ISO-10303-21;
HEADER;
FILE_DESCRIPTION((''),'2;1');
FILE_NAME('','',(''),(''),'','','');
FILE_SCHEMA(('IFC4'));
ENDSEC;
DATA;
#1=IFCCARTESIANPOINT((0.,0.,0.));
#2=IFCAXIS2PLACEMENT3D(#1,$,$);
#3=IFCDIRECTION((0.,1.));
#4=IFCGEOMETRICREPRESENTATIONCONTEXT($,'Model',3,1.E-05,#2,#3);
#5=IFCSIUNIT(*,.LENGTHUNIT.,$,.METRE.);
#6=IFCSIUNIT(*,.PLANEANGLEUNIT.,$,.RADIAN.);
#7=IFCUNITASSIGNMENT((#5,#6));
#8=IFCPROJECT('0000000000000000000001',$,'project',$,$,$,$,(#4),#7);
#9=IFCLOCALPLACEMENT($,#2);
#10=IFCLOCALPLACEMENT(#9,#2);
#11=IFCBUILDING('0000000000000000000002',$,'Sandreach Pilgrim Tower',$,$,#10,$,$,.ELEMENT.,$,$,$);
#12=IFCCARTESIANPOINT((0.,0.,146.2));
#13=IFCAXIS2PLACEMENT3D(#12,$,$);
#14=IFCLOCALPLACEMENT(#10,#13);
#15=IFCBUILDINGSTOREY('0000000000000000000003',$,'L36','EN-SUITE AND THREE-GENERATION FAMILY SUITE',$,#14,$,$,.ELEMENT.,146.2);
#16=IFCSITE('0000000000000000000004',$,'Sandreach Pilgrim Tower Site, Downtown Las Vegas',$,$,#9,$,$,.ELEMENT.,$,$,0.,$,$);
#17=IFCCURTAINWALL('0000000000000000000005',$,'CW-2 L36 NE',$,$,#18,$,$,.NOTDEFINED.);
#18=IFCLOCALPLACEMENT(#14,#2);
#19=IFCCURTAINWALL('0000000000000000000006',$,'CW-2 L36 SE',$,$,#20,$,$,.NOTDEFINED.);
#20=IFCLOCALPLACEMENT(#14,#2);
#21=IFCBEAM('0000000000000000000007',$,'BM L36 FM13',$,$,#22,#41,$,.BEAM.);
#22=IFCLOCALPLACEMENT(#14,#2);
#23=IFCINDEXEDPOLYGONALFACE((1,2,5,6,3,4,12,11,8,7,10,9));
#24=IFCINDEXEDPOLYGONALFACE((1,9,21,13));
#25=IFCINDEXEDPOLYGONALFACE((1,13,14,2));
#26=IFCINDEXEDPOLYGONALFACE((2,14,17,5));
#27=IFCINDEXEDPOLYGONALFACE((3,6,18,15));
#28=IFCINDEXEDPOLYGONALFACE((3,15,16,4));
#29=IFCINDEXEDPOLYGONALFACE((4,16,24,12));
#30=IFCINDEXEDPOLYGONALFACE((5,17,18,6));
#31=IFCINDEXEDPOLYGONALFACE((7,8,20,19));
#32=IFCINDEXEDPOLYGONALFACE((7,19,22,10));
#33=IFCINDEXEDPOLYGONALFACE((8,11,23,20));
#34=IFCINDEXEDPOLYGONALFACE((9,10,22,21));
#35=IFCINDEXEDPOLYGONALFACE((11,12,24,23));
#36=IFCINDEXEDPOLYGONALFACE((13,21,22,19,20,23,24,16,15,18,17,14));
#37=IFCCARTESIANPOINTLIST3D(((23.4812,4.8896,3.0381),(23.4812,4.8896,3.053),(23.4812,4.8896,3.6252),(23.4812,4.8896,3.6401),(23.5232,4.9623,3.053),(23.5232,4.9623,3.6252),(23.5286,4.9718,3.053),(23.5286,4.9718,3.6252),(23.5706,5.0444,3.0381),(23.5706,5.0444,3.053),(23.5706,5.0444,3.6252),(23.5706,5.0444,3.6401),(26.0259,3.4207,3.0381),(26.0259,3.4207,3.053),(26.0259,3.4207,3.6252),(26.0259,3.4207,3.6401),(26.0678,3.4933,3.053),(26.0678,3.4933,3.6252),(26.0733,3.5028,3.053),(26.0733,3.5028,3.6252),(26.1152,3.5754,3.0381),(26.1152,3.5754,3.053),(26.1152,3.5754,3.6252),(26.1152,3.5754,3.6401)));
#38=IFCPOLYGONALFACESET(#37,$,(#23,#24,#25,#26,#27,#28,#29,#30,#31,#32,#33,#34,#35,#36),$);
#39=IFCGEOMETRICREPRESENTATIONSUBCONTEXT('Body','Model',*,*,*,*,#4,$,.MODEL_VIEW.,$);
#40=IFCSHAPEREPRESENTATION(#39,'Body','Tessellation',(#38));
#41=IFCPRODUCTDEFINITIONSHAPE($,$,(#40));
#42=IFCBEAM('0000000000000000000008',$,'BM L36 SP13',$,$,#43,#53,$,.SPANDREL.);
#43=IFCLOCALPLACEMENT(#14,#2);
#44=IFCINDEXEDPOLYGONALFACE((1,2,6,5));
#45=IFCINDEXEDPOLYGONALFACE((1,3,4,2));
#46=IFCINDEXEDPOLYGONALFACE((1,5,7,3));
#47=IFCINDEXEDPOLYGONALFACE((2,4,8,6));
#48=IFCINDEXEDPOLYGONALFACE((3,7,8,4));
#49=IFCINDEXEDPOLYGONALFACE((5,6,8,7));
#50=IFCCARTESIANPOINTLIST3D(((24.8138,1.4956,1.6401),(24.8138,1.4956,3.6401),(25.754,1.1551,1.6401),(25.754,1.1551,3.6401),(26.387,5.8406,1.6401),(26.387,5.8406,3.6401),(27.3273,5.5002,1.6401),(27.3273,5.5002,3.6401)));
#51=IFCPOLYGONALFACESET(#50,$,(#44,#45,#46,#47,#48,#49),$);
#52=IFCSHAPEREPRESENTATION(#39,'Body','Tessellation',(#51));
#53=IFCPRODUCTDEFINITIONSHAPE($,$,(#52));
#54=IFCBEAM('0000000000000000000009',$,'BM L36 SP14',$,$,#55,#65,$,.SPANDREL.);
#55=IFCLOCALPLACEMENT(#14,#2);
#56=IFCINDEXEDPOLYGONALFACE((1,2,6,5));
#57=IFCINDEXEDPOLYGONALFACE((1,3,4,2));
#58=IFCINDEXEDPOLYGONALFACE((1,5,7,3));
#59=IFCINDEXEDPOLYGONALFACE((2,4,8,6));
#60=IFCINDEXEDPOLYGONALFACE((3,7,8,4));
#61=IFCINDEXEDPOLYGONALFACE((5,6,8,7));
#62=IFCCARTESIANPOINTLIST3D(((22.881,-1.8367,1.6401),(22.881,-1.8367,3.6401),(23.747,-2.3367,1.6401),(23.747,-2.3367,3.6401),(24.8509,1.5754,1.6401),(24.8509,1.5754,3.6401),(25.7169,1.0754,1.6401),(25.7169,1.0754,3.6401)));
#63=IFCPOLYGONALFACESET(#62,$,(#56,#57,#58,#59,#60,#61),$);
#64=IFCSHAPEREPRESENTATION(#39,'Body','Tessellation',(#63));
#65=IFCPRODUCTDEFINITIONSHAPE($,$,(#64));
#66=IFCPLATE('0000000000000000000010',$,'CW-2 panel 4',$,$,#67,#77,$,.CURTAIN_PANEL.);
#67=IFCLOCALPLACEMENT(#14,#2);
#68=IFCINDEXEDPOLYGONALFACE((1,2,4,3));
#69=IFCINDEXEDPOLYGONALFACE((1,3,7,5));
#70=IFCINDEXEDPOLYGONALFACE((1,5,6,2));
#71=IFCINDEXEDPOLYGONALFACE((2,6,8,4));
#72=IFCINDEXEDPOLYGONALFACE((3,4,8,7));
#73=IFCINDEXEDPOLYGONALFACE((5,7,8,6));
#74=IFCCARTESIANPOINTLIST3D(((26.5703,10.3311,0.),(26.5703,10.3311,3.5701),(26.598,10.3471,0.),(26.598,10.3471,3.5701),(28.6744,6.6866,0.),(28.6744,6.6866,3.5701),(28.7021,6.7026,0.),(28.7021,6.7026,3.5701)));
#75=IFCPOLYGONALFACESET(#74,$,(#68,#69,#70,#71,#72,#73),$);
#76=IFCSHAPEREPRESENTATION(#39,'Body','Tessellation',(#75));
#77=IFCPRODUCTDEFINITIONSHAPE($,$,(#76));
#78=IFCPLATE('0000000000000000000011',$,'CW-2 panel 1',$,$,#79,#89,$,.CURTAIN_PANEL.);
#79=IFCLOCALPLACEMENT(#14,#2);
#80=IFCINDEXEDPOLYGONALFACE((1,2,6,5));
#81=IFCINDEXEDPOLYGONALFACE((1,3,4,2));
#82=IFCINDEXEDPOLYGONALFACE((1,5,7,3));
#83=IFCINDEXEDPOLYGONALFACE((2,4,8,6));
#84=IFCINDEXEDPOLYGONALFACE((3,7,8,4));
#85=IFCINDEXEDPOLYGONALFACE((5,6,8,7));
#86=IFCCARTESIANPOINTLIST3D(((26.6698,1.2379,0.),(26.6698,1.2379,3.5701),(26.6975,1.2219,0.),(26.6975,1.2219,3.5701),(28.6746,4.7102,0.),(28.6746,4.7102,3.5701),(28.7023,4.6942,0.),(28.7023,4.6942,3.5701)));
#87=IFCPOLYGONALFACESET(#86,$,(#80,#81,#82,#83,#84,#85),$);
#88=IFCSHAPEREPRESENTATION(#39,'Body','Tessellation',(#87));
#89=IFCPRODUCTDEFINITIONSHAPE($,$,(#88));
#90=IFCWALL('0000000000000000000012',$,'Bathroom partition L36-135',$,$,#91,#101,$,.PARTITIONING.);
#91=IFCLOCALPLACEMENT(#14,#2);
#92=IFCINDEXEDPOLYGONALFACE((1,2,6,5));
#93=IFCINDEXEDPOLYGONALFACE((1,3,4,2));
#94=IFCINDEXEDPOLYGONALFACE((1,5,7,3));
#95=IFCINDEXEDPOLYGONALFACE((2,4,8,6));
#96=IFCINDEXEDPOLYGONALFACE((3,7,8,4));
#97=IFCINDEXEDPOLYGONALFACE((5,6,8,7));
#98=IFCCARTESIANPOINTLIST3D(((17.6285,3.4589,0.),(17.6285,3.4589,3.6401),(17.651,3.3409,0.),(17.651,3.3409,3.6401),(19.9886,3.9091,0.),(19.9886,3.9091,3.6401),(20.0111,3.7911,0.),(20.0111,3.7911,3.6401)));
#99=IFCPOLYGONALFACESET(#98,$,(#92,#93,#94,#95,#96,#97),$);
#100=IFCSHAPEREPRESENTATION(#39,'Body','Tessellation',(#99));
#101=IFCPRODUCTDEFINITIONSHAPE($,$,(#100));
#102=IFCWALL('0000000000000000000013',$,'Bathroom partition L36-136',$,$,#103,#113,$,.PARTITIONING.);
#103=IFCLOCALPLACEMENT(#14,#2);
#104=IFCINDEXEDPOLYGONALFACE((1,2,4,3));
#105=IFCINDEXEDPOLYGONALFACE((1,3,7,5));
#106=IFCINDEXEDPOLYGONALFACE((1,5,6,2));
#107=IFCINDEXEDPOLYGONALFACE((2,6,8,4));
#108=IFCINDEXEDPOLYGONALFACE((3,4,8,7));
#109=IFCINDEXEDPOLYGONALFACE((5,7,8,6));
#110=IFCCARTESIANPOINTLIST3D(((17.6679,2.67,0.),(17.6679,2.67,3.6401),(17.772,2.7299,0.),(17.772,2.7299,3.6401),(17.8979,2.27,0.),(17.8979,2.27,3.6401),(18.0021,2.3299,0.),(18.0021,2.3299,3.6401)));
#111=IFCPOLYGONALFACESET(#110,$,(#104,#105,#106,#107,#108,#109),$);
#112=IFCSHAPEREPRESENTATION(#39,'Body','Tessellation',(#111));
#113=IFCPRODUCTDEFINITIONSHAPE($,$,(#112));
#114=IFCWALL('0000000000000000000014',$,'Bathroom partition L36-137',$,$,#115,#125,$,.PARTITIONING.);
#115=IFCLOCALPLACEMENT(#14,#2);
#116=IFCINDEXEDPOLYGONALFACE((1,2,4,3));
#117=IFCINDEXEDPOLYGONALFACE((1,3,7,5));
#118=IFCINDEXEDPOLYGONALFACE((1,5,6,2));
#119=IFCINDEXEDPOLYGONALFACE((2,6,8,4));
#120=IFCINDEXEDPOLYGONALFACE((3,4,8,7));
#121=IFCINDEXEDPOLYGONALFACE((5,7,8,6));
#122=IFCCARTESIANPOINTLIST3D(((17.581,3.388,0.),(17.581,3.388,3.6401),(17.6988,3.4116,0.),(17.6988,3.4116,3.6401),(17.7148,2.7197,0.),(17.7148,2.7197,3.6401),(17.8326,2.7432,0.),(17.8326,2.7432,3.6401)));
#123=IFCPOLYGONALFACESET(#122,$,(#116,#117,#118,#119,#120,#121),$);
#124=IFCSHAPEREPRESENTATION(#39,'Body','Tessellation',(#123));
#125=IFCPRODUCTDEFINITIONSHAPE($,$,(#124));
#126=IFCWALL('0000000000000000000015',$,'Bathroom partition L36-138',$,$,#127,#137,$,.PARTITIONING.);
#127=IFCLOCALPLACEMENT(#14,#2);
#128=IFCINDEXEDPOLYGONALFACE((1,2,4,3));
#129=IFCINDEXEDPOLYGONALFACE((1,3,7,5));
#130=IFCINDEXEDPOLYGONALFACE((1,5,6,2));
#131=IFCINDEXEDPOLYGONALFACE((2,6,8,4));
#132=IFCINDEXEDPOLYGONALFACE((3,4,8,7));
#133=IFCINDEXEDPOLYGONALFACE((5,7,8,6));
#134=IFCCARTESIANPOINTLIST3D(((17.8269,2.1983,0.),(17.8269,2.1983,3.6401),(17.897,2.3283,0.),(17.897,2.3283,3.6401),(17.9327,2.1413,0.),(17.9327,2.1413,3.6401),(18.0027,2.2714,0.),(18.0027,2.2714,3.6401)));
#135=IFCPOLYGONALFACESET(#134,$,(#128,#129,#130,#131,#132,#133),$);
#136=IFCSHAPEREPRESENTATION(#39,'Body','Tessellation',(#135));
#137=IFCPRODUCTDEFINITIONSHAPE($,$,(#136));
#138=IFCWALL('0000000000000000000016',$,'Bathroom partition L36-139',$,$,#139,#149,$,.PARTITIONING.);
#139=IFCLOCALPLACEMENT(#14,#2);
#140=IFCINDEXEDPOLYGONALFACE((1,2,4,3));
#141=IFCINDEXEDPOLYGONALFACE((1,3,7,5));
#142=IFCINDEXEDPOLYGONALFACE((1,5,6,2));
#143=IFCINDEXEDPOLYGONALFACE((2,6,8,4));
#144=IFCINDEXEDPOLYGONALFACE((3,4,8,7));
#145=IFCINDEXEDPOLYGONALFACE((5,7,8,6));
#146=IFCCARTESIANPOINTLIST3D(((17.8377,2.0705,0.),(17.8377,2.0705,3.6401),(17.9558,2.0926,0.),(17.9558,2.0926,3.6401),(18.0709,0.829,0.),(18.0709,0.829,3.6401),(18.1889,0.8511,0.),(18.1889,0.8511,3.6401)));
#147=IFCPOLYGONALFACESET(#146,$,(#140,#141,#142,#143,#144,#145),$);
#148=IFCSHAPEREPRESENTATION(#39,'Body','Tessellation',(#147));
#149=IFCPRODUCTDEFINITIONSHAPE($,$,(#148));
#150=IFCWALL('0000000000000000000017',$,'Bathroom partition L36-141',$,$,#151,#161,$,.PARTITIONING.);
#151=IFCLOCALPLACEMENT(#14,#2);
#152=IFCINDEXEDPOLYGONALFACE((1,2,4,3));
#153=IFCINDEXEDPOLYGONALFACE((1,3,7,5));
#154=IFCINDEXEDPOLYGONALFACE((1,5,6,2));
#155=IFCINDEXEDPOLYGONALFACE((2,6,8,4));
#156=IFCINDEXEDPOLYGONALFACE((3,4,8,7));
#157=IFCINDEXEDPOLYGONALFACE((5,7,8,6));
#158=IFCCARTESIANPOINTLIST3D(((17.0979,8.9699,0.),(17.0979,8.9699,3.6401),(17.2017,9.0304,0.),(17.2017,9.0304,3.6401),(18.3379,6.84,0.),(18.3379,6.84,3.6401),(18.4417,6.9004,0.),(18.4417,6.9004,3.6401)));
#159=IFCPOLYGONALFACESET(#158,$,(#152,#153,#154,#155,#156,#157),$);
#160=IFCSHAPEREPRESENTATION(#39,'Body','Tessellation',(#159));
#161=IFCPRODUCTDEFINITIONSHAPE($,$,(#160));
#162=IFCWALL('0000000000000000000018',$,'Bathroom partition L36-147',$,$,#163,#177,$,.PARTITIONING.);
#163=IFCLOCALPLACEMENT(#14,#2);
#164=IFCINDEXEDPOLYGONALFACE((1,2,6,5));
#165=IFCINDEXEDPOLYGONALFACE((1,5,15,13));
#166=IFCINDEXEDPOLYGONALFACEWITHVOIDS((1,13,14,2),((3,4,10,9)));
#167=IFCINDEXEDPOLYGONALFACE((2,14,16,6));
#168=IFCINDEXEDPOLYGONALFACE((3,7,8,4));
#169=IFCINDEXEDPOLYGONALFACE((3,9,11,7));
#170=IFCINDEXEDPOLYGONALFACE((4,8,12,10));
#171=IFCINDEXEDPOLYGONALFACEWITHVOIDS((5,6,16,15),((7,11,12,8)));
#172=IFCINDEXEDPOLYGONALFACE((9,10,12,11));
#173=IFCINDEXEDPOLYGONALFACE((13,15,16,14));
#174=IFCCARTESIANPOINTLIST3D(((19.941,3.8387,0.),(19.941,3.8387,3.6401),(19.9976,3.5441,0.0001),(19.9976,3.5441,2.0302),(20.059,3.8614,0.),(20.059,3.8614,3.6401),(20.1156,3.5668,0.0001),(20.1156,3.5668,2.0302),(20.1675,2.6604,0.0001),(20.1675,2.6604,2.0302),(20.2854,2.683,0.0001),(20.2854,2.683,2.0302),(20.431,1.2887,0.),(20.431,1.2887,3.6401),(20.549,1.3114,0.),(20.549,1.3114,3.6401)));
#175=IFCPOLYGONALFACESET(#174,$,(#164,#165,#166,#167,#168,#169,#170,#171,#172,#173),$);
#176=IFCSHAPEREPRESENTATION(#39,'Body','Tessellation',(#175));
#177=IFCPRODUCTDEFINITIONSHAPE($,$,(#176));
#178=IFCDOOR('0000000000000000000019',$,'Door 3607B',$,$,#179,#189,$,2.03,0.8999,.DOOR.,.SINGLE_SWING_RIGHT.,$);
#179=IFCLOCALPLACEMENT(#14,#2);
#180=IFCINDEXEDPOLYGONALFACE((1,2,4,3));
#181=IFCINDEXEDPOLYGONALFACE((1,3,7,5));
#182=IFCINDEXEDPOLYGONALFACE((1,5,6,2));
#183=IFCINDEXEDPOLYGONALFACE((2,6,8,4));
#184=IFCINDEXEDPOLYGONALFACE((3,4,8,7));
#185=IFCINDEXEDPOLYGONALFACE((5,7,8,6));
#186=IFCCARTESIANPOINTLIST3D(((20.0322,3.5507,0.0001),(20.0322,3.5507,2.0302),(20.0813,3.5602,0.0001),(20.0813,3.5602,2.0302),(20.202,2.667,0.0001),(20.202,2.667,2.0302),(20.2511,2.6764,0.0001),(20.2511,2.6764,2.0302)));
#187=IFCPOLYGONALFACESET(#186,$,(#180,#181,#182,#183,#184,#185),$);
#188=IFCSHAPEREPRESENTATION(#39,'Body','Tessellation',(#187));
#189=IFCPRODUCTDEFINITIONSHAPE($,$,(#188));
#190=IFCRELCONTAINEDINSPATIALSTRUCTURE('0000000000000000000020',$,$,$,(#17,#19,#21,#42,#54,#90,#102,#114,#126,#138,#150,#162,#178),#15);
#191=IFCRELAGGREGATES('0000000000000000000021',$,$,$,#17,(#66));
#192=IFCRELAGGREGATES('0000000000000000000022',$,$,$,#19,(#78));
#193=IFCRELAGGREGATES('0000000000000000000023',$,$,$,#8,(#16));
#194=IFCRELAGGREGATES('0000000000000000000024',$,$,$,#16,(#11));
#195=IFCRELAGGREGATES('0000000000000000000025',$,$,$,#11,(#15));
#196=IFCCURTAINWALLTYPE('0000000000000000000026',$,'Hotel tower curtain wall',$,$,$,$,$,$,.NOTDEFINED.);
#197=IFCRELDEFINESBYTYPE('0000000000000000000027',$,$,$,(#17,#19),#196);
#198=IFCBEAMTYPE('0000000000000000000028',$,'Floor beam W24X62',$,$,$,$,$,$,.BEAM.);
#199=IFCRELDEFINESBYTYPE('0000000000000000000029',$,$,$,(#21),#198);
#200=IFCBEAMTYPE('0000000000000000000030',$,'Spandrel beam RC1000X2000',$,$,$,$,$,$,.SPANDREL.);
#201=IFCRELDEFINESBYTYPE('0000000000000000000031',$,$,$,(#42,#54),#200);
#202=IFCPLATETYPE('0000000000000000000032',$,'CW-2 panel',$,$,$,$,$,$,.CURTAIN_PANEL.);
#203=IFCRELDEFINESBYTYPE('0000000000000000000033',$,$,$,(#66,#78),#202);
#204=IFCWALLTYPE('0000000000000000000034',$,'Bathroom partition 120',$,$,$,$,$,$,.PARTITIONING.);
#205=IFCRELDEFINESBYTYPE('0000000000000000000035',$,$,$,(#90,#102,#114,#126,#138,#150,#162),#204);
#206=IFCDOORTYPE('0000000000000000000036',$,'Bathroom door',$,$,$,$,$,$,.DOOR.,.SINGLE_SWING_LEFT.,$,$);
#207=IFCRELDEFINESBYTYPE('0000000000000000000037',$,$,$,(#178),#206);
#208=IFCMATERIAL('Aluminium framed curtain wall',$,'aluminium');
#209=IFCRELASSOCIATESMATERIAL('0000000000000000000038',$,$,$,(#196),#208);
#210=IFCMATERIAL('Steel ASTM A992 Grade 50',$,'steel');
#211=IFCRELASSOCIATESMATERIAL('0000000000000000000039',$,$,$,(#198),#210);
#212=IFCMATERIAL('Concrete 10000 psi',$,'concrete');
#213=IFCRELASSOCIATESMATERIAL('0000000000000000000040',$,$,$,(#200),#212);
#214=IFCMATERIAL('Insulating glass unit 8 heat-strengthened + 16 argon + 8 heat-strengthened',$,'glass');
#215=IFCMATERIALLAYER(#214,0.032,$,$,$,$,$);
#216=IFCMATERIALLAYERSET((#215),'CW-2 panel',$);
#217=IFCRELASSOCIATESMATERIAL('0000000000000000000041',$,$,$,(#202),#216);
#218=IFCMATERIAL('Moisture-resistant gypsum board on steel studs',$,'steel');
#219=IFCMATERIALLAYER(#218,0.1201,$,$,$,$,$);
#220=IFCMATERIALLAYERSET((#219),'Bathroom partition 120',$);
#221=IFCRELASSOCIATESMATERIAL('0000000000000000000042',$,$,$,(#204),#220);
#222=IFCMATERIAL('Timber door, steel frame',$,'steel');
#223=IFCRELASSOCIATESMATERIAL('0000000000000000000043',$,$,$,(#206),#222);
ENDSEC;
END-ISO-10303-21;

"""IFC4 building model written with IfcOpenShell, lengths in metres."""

from ifc_helpers import new_model, si_unit, direction, frame, frame_2d, origin, origin_2d, place, context, subcontext, project, spatial, rectangle, i_section, extrude, material, layer, layer_set, material_profile, profile_set, type_object, element, fill, aggregate, save


model = new_model("IFC4")

# Units and contexts
model_context = context("Model", 3, precision=1e-05, world=origin(), true_north=direction((0.0, 1.0)))
body_context = subcontext(model_context, "Body", "Model", "MODEL_VIEW")
ifc_project = project(units=[si_unit("LENGTHUNIT", "METRE"), si_unit("PLANEANGLEUNIT", "RADIAN")], contexts=[model_context])

# Site, building, storey
site_placement = place(None, origin())
site = spatial("IfcSite", under=ifc_project, at=site_placement, Name="Sandreach Pilgrim Tower Site, Downtown Las Vegas", CompositionType="ELEMENT", RefElevation=0.0)
building_placement = place(site_placement, origin())
building = spatial("IfcBuilding", under=site, at=building_placement, Name="Sandreach Pilgrim Tower", CompositionType="ELEMENT")
storey_placement = place(building_placement, frame((0.0, 0.0, 146.2)))
storey = spatial("IfcBuildingStorey", under=building, at=storey_placement, Name="L36", Description="EN-SUITE AND THREE-GENERATION FAMILY SUITE", CompositionType="ELEMENT", Elevation=146.2)

# Curtain wall
ifc_material_1 = material(Name="Aluminium framed curtain wall", Category="aluminium")
curtain_wall_type = type_object("IfcCurtainWallType", Name="Hotel tower curtain wall", PredefinedType="NOTDEFINED", material=ifc_material_1)
curtain_wall_1_placement = place(storey_placement, origin())
curtain_wall_1 = element("IfcCurtainWall", 1, at=curtain_wall_1_placement, inside=storey, type_object=curtain_wall_type, Name="CW-2 L36 NE", PredefinedType="NOTDEFINED")

# Curtain wall
curtain_wall_2_placement = place(storey_placement, origin())
curtain_wall_2 = element("IfcCurtainWall", 2, at=curtain_wall_2_placement, inside=storey, type_object=curtain_wall_type, Name="CW-2 L36 SE", PredefinedType="NOTDEFINED")

# Beams
ifc_material_2 = material(Name="Steel ASTM A992 Grade 50", Category="steel")
ifc_material_profile_1 = material_profile(ifc_material_2, i_section(OverallWidth=0.1787, OverallDepth=0.6021, WebThickness=0.011, FlangeThickness=0.0149, at=origin_2d()), Name="W24X62")
ifc_profile_set_1 = profile_set([ifc_material_profile_1], Name="Steel ASTM A992 Grade 50")
beam_type_1 = type_object("IfcBeamType", Name="Floor beam W24X62", PredefinedType="BEAM", material=ifc_profile_set_1)
beam_1_placement = place(storey_placement, frame((26.0706, 3.498, 3.3391), z_axis=(-0.866051, 0.499955, 0.0), x_axis=(-0.499955, -0.866051, 0.0)))
element("IfcBeam", 3, at=beam_1_placement, inside=storey, type_object=beam_type_1, Name="BM L36 FM13", PredefinedType="BEAM", context=body_context, shape_type="SweptSolid", body=[
    extrude(i_section(OverallWidth=0.1787, OverallDepth=0.6021, WebThickness=0.011, FlangeThickness=0.0149, at=origin_2d()), origin(), (0.0, 0.0, 1.0), 2.9382),
])
ifc_material_3 = material(Name="Concrete 10000 psi", Category="concrete")
ifc_material_profile_2 = material_profile(ifc_material_3, rectangle(XDim=1.0, YDim=2.0, at=origin_2d()), Name="RC1000X2000")
ifc_profile_set_2 = profile_set([ifc_material_profile_2], Name="Concrete 10000 psi")
beam_type_2 = type_object("IfcBeamType", Name="Spandrel beam RC1000X2000", PredefinedType="SPANDREL", material=ifc_profile_set_2)
beam_2_placement = place(storey_placement, frame((26.8572, 5.6704, 2.6401), z_axis=(-0.340453, -0.940261, 0.0), x_axis=(0.940261, -0.340453, 0.0)))
element("IfcBeam", 4, at=beam_2_placement, inside=storey, type_object=beam_type_2, Name="BM L36 SP13", PredefinedType="SPANDREL", context=body_context, shape_type="SweptSolid", body=[
    extrude(rectangle(XDim=1.0, YDim=2.0, at=origin_2d()), origin(), (0.0, 0.0, 1.0), 4.6211),
])
beam_3_placement = place(storey_placement, frame((25.2839, 1.3254, 2.6401), z_axis=(-0.499998, -0.866027, 0.0), x_axis=(0.866027, -0.499998, 0.0)))
element("IfcBeam", 5, at=beam_3_placement, inside=storey, type_object=beam_type_2, Name="BM L36 SP14", PredefinedType="SPANDREL", context=body_context, shape_type="SweptSolid", body=[
    extrude(rectangle(XDim=1.0, YDim=2.0, at=origin_2d()), origin(), (0.0, 0.0, 1.0), 3.9399),
])

# Plates
ifc_material_4 = material(Name="Insulating glass unit 8 heat-strengthened + 16 argon + 8 heat-strengthened", Category="glass")
ifc_layer_1 = layer(ifc_material_4, 0.032)
ifc_layer_set_1 = layer_set([ifc_layer_1], Name="CW-2 panel")
plate_type = type_object("IfcPlateType", Name="CW-2 panel", PredefinedType="CURTAIN_PANEL", material=ifc_layer_set_1)
plate_1_placement = place(storey_placement, frame((27.6362, 8.5168, 0.0), z_axis=(0.0, 0.0, 1.0), x_axis=(0.5, -0.866025, 0.0)))
plate_1 = element("IfcPlate", 6, at=plate_1_placement, type_object=plate_type, Name="CW-2 panel 4", PredefinedType="CURTAIN_PANEL", context=body_context, shape_type="SweptSolid", body=[
    extrude(rectangle(XDim=4.2083, YDim=0.032, at=origin_2d()), origin(), (0.0, 0.0, 1.0), 3.5701),
])
aggregate(curtain_wall_1, [plate_1])
plate_2_placement = place(storey_placement, frame((27.686, 2.9661, 0.0), z_axis=(0.0, 0.0, 1.0), x_axis=(-0.5, -0.866025, 0.0)))
plate_2 = element("IfcPlate", 7, at=plate_2_placement, type_object=plate_type, Name="CW-2 panel 1", PredefinedType="CURTAIN_PANEL", context=body_context, shape_type="SweptSolid", body=[
    extrude(rectangle(XDim=4.0095, YDim=0.032, at=origin_2d()), origin(), (0.0, 0.0, 1.0), 3.5701),
])
aggregate(curtain_wall_2, [plate_2])

# Walls
ifc_material_5 = material(Name="Moisture-resistant gypsum board on steel studs", Category="steel")
ifc_layer_2 = layer(ifc_material_5, 0.1201)
ifc_layer_set_2 = layer_set([ifc_layer_2], Name="Bathroom partition 120")
wall_type_1 = type_object("IfcWallType", Name="Bathroom partition 120", PredefinedType="PARTITIONING", material=ifc_layer_set_2)
wall_1_placement = place(storey_placement, frame((17.6399, 3.3999, 0.0), z_axis=(0.0, 0.0, 1.0), x_axis=(0.982289, 0.187374, 0.0)))
element("IfcWall", 8, at=wall_1_placement, inside=storey, type_object=wall_type_1, Name="Bathroom partition L36-135", PredefinedType="PARTITIONING", context=body_context, shape_type="SweptSolid", body=[
    extrude(rectangle(XDim=2.4026, YDim=0.1201, at=frame_2d((1.2012, 0.0))), origin(), (0.0, 0.0, 1.0), 3.6401),
])
wall_2_placement = place(storey_placement, frame((17.72, 2.7, 0.0), z_axis=(0.0, 0.0, 1.0), x_axis=(0.498531, -0.866872, 0.0)))
element("IfcWall", 9, at=wall_2_placement, inside=storey, type_object=wall_type_1, Name="Bathroom partition L36-136", PredefinedType="PARTITIONING", context=body_context, shape_type="SweptSolid", body=[
    extrude(rectangle(XDim=0.4614, YDim=0.1201, at=frame_2d((0.2307, 0.0))), origin(), (0.0, 0.0, 1.0), 3.6401),
])
wall_3_placement = place(storey_placement, frame((17.7737, 2.7314, 0.0), z_axis=(0.0, 0.0, 1.0), x_axis=(-0.196254, 0.980553, 0.0)))
element("IfcWall", 10, at=wall_3_placement, inside=storey, type_object=wall_type_1, Name="Bathroom partition L36-137", PredefinedType="PARTITIONING", context=body_context, shape_type="SweptSolid", body=[
    extrude(rectangle(XDim=0.6816, YDim=0.1201, at=frame_2d((0.3408, 0.0))), origin(), (0.0, 0.0, 1.0), 3.6401),
])
wall_4_placement = place(storey_placement, frame((17.8799, 2.1699, 0.0), z_axis=(0.0, 0.0, 1.0), x_axis=(0.4741, 0.880471, 0.0)))
element("IfcWall", 11, at=wall_4_placement, inside=storey, type_object=wall_type_1, Name="Bathroom partition L36-138", PredefinedType="PARTITIONING", context=body_context, shape_type="SweptSolid", body=[
    extrude(rectangle(XDim=0.1477, YDim=0.1201, at=frame_2d((0.0737, 0.0))), origin(), (0.0, 0.0, 1.0), 3.6401),
])
wall_5_placement = place(storey_placement, frame((17.8967, 2.0815, 0.0), z_axis=(0.0, 0.0, 1.0), x_axis=(0.18458, -0.982817, 0.0)))
element("IfcWall", 12, at=wall_5_placement, inside=storey, type_object=wall_type_1, Name="Bathroom partition L36-139", PredefinedType="PARTITIONING", context=body_context, shape_type="SweptSolid", body=[
    extrude(rectangle(XDim=1.2632, YDim=0.1201, at=frame_2d((0.6316, 0.0))), origin(), (0.0, 0.0, 1.0), 3.6401),
])
wall_6_placement = place(storey_placement, frame((18.3899, 6.8701, 0.0), z_axis=(0.0, 0.0, 1.0), x_axis=(-0.503132, 0.86421, 0.0)))
element("IfcWall", 13, at=wall_6_placement, inside=storey, type_object=wall_type_1, Name="Bathroom partition L36-141", PredefinedType="PARTITIONING", context=body_context, shape_type="SweptSolid", body=[
    extrude(rectangle(XDim=2.4646, YDim=0.1201, at=frame_2d((1.2324, 0.0))), origin(), (0.0, 0.0, 1.0), 3.6401),
])

# Wall, opening, door
wall_7_placement = place(storey_placement, frame((20.49, 1.3, 0.0), z_axis=(0.0, 0.0, 1.0), x_axis=(-0.188697, 0.982035, 0.0)))
wall_7 = element("IfcWall", 14, at=wall_7_placement, inside=storey, type_object=wall_type_1, Name="Bathroom partition L36-147", PredefinedType="PARTITIONING", context=body_context, shape_type="SweptSolid", body=[
    extrude(rectangle(XDim=2.5967, YDim=0.1201, at=frame_2d((1.2983, 0.0))), origin(), (0.0, 0.0, 1.0), 3.6401),
])
opening_1_placement = place(wall_7_placement, frame((1.3967, 0.0, 0.0)))
opening_1 = element("IfcOpeningElement", 15, at=opening_1_placement, cuts=wall_7, PredefinedType="OPENING", context=body_context, shape_type="SweptSolid", body=[
    extrude(rectangle(XDim=0.8999, YDim=2.03, at=frame_2d((0.45, 1.0151))), frame((0.0, 0.0601, 0.0), z_axis=(0.0, -1.0, 0.0), x_axis=(1.0, 0.0, 0.0)), (0.0, 0.0, 1.0), 0.1201),
])
ifc_material_6 = material(Name="Timber door, steel frame", Category="steel")
door_type = type_object("IfcDoorType", Name="Bathroom door", OperationType="SINGLE_SWING_LEFT", PredefinedType="DOOR", material=ifc_material_6)
door_1_placement = place(opening_1_placement, origin())
door_1 = element("IfcDoor", 16, at=door_1_placement, inside=storey, type_object=door_type, Name="Door 3607B", OperationType="SINGLE_SWING_RIGHT", OverallHeight=2.03, OverallWidth=0.8999, PredefinedType="DOOR", context=body_context, shape_type="SweptSolid", body=[
    extrude(rectangle(XDim=0.8999, YDim=2.03, at=frame_2d((0.45, 1.0151))), frame((0.0, 0.0249, 0.0), z_axis=(0.0, -1.0, 0.0), x_axis=(1.0, 0.0, 0.0)), (0.0, 0.0, 1.0), 0.05),
])
fill(opening_1, door_1)

save(model, "model.ifc")
